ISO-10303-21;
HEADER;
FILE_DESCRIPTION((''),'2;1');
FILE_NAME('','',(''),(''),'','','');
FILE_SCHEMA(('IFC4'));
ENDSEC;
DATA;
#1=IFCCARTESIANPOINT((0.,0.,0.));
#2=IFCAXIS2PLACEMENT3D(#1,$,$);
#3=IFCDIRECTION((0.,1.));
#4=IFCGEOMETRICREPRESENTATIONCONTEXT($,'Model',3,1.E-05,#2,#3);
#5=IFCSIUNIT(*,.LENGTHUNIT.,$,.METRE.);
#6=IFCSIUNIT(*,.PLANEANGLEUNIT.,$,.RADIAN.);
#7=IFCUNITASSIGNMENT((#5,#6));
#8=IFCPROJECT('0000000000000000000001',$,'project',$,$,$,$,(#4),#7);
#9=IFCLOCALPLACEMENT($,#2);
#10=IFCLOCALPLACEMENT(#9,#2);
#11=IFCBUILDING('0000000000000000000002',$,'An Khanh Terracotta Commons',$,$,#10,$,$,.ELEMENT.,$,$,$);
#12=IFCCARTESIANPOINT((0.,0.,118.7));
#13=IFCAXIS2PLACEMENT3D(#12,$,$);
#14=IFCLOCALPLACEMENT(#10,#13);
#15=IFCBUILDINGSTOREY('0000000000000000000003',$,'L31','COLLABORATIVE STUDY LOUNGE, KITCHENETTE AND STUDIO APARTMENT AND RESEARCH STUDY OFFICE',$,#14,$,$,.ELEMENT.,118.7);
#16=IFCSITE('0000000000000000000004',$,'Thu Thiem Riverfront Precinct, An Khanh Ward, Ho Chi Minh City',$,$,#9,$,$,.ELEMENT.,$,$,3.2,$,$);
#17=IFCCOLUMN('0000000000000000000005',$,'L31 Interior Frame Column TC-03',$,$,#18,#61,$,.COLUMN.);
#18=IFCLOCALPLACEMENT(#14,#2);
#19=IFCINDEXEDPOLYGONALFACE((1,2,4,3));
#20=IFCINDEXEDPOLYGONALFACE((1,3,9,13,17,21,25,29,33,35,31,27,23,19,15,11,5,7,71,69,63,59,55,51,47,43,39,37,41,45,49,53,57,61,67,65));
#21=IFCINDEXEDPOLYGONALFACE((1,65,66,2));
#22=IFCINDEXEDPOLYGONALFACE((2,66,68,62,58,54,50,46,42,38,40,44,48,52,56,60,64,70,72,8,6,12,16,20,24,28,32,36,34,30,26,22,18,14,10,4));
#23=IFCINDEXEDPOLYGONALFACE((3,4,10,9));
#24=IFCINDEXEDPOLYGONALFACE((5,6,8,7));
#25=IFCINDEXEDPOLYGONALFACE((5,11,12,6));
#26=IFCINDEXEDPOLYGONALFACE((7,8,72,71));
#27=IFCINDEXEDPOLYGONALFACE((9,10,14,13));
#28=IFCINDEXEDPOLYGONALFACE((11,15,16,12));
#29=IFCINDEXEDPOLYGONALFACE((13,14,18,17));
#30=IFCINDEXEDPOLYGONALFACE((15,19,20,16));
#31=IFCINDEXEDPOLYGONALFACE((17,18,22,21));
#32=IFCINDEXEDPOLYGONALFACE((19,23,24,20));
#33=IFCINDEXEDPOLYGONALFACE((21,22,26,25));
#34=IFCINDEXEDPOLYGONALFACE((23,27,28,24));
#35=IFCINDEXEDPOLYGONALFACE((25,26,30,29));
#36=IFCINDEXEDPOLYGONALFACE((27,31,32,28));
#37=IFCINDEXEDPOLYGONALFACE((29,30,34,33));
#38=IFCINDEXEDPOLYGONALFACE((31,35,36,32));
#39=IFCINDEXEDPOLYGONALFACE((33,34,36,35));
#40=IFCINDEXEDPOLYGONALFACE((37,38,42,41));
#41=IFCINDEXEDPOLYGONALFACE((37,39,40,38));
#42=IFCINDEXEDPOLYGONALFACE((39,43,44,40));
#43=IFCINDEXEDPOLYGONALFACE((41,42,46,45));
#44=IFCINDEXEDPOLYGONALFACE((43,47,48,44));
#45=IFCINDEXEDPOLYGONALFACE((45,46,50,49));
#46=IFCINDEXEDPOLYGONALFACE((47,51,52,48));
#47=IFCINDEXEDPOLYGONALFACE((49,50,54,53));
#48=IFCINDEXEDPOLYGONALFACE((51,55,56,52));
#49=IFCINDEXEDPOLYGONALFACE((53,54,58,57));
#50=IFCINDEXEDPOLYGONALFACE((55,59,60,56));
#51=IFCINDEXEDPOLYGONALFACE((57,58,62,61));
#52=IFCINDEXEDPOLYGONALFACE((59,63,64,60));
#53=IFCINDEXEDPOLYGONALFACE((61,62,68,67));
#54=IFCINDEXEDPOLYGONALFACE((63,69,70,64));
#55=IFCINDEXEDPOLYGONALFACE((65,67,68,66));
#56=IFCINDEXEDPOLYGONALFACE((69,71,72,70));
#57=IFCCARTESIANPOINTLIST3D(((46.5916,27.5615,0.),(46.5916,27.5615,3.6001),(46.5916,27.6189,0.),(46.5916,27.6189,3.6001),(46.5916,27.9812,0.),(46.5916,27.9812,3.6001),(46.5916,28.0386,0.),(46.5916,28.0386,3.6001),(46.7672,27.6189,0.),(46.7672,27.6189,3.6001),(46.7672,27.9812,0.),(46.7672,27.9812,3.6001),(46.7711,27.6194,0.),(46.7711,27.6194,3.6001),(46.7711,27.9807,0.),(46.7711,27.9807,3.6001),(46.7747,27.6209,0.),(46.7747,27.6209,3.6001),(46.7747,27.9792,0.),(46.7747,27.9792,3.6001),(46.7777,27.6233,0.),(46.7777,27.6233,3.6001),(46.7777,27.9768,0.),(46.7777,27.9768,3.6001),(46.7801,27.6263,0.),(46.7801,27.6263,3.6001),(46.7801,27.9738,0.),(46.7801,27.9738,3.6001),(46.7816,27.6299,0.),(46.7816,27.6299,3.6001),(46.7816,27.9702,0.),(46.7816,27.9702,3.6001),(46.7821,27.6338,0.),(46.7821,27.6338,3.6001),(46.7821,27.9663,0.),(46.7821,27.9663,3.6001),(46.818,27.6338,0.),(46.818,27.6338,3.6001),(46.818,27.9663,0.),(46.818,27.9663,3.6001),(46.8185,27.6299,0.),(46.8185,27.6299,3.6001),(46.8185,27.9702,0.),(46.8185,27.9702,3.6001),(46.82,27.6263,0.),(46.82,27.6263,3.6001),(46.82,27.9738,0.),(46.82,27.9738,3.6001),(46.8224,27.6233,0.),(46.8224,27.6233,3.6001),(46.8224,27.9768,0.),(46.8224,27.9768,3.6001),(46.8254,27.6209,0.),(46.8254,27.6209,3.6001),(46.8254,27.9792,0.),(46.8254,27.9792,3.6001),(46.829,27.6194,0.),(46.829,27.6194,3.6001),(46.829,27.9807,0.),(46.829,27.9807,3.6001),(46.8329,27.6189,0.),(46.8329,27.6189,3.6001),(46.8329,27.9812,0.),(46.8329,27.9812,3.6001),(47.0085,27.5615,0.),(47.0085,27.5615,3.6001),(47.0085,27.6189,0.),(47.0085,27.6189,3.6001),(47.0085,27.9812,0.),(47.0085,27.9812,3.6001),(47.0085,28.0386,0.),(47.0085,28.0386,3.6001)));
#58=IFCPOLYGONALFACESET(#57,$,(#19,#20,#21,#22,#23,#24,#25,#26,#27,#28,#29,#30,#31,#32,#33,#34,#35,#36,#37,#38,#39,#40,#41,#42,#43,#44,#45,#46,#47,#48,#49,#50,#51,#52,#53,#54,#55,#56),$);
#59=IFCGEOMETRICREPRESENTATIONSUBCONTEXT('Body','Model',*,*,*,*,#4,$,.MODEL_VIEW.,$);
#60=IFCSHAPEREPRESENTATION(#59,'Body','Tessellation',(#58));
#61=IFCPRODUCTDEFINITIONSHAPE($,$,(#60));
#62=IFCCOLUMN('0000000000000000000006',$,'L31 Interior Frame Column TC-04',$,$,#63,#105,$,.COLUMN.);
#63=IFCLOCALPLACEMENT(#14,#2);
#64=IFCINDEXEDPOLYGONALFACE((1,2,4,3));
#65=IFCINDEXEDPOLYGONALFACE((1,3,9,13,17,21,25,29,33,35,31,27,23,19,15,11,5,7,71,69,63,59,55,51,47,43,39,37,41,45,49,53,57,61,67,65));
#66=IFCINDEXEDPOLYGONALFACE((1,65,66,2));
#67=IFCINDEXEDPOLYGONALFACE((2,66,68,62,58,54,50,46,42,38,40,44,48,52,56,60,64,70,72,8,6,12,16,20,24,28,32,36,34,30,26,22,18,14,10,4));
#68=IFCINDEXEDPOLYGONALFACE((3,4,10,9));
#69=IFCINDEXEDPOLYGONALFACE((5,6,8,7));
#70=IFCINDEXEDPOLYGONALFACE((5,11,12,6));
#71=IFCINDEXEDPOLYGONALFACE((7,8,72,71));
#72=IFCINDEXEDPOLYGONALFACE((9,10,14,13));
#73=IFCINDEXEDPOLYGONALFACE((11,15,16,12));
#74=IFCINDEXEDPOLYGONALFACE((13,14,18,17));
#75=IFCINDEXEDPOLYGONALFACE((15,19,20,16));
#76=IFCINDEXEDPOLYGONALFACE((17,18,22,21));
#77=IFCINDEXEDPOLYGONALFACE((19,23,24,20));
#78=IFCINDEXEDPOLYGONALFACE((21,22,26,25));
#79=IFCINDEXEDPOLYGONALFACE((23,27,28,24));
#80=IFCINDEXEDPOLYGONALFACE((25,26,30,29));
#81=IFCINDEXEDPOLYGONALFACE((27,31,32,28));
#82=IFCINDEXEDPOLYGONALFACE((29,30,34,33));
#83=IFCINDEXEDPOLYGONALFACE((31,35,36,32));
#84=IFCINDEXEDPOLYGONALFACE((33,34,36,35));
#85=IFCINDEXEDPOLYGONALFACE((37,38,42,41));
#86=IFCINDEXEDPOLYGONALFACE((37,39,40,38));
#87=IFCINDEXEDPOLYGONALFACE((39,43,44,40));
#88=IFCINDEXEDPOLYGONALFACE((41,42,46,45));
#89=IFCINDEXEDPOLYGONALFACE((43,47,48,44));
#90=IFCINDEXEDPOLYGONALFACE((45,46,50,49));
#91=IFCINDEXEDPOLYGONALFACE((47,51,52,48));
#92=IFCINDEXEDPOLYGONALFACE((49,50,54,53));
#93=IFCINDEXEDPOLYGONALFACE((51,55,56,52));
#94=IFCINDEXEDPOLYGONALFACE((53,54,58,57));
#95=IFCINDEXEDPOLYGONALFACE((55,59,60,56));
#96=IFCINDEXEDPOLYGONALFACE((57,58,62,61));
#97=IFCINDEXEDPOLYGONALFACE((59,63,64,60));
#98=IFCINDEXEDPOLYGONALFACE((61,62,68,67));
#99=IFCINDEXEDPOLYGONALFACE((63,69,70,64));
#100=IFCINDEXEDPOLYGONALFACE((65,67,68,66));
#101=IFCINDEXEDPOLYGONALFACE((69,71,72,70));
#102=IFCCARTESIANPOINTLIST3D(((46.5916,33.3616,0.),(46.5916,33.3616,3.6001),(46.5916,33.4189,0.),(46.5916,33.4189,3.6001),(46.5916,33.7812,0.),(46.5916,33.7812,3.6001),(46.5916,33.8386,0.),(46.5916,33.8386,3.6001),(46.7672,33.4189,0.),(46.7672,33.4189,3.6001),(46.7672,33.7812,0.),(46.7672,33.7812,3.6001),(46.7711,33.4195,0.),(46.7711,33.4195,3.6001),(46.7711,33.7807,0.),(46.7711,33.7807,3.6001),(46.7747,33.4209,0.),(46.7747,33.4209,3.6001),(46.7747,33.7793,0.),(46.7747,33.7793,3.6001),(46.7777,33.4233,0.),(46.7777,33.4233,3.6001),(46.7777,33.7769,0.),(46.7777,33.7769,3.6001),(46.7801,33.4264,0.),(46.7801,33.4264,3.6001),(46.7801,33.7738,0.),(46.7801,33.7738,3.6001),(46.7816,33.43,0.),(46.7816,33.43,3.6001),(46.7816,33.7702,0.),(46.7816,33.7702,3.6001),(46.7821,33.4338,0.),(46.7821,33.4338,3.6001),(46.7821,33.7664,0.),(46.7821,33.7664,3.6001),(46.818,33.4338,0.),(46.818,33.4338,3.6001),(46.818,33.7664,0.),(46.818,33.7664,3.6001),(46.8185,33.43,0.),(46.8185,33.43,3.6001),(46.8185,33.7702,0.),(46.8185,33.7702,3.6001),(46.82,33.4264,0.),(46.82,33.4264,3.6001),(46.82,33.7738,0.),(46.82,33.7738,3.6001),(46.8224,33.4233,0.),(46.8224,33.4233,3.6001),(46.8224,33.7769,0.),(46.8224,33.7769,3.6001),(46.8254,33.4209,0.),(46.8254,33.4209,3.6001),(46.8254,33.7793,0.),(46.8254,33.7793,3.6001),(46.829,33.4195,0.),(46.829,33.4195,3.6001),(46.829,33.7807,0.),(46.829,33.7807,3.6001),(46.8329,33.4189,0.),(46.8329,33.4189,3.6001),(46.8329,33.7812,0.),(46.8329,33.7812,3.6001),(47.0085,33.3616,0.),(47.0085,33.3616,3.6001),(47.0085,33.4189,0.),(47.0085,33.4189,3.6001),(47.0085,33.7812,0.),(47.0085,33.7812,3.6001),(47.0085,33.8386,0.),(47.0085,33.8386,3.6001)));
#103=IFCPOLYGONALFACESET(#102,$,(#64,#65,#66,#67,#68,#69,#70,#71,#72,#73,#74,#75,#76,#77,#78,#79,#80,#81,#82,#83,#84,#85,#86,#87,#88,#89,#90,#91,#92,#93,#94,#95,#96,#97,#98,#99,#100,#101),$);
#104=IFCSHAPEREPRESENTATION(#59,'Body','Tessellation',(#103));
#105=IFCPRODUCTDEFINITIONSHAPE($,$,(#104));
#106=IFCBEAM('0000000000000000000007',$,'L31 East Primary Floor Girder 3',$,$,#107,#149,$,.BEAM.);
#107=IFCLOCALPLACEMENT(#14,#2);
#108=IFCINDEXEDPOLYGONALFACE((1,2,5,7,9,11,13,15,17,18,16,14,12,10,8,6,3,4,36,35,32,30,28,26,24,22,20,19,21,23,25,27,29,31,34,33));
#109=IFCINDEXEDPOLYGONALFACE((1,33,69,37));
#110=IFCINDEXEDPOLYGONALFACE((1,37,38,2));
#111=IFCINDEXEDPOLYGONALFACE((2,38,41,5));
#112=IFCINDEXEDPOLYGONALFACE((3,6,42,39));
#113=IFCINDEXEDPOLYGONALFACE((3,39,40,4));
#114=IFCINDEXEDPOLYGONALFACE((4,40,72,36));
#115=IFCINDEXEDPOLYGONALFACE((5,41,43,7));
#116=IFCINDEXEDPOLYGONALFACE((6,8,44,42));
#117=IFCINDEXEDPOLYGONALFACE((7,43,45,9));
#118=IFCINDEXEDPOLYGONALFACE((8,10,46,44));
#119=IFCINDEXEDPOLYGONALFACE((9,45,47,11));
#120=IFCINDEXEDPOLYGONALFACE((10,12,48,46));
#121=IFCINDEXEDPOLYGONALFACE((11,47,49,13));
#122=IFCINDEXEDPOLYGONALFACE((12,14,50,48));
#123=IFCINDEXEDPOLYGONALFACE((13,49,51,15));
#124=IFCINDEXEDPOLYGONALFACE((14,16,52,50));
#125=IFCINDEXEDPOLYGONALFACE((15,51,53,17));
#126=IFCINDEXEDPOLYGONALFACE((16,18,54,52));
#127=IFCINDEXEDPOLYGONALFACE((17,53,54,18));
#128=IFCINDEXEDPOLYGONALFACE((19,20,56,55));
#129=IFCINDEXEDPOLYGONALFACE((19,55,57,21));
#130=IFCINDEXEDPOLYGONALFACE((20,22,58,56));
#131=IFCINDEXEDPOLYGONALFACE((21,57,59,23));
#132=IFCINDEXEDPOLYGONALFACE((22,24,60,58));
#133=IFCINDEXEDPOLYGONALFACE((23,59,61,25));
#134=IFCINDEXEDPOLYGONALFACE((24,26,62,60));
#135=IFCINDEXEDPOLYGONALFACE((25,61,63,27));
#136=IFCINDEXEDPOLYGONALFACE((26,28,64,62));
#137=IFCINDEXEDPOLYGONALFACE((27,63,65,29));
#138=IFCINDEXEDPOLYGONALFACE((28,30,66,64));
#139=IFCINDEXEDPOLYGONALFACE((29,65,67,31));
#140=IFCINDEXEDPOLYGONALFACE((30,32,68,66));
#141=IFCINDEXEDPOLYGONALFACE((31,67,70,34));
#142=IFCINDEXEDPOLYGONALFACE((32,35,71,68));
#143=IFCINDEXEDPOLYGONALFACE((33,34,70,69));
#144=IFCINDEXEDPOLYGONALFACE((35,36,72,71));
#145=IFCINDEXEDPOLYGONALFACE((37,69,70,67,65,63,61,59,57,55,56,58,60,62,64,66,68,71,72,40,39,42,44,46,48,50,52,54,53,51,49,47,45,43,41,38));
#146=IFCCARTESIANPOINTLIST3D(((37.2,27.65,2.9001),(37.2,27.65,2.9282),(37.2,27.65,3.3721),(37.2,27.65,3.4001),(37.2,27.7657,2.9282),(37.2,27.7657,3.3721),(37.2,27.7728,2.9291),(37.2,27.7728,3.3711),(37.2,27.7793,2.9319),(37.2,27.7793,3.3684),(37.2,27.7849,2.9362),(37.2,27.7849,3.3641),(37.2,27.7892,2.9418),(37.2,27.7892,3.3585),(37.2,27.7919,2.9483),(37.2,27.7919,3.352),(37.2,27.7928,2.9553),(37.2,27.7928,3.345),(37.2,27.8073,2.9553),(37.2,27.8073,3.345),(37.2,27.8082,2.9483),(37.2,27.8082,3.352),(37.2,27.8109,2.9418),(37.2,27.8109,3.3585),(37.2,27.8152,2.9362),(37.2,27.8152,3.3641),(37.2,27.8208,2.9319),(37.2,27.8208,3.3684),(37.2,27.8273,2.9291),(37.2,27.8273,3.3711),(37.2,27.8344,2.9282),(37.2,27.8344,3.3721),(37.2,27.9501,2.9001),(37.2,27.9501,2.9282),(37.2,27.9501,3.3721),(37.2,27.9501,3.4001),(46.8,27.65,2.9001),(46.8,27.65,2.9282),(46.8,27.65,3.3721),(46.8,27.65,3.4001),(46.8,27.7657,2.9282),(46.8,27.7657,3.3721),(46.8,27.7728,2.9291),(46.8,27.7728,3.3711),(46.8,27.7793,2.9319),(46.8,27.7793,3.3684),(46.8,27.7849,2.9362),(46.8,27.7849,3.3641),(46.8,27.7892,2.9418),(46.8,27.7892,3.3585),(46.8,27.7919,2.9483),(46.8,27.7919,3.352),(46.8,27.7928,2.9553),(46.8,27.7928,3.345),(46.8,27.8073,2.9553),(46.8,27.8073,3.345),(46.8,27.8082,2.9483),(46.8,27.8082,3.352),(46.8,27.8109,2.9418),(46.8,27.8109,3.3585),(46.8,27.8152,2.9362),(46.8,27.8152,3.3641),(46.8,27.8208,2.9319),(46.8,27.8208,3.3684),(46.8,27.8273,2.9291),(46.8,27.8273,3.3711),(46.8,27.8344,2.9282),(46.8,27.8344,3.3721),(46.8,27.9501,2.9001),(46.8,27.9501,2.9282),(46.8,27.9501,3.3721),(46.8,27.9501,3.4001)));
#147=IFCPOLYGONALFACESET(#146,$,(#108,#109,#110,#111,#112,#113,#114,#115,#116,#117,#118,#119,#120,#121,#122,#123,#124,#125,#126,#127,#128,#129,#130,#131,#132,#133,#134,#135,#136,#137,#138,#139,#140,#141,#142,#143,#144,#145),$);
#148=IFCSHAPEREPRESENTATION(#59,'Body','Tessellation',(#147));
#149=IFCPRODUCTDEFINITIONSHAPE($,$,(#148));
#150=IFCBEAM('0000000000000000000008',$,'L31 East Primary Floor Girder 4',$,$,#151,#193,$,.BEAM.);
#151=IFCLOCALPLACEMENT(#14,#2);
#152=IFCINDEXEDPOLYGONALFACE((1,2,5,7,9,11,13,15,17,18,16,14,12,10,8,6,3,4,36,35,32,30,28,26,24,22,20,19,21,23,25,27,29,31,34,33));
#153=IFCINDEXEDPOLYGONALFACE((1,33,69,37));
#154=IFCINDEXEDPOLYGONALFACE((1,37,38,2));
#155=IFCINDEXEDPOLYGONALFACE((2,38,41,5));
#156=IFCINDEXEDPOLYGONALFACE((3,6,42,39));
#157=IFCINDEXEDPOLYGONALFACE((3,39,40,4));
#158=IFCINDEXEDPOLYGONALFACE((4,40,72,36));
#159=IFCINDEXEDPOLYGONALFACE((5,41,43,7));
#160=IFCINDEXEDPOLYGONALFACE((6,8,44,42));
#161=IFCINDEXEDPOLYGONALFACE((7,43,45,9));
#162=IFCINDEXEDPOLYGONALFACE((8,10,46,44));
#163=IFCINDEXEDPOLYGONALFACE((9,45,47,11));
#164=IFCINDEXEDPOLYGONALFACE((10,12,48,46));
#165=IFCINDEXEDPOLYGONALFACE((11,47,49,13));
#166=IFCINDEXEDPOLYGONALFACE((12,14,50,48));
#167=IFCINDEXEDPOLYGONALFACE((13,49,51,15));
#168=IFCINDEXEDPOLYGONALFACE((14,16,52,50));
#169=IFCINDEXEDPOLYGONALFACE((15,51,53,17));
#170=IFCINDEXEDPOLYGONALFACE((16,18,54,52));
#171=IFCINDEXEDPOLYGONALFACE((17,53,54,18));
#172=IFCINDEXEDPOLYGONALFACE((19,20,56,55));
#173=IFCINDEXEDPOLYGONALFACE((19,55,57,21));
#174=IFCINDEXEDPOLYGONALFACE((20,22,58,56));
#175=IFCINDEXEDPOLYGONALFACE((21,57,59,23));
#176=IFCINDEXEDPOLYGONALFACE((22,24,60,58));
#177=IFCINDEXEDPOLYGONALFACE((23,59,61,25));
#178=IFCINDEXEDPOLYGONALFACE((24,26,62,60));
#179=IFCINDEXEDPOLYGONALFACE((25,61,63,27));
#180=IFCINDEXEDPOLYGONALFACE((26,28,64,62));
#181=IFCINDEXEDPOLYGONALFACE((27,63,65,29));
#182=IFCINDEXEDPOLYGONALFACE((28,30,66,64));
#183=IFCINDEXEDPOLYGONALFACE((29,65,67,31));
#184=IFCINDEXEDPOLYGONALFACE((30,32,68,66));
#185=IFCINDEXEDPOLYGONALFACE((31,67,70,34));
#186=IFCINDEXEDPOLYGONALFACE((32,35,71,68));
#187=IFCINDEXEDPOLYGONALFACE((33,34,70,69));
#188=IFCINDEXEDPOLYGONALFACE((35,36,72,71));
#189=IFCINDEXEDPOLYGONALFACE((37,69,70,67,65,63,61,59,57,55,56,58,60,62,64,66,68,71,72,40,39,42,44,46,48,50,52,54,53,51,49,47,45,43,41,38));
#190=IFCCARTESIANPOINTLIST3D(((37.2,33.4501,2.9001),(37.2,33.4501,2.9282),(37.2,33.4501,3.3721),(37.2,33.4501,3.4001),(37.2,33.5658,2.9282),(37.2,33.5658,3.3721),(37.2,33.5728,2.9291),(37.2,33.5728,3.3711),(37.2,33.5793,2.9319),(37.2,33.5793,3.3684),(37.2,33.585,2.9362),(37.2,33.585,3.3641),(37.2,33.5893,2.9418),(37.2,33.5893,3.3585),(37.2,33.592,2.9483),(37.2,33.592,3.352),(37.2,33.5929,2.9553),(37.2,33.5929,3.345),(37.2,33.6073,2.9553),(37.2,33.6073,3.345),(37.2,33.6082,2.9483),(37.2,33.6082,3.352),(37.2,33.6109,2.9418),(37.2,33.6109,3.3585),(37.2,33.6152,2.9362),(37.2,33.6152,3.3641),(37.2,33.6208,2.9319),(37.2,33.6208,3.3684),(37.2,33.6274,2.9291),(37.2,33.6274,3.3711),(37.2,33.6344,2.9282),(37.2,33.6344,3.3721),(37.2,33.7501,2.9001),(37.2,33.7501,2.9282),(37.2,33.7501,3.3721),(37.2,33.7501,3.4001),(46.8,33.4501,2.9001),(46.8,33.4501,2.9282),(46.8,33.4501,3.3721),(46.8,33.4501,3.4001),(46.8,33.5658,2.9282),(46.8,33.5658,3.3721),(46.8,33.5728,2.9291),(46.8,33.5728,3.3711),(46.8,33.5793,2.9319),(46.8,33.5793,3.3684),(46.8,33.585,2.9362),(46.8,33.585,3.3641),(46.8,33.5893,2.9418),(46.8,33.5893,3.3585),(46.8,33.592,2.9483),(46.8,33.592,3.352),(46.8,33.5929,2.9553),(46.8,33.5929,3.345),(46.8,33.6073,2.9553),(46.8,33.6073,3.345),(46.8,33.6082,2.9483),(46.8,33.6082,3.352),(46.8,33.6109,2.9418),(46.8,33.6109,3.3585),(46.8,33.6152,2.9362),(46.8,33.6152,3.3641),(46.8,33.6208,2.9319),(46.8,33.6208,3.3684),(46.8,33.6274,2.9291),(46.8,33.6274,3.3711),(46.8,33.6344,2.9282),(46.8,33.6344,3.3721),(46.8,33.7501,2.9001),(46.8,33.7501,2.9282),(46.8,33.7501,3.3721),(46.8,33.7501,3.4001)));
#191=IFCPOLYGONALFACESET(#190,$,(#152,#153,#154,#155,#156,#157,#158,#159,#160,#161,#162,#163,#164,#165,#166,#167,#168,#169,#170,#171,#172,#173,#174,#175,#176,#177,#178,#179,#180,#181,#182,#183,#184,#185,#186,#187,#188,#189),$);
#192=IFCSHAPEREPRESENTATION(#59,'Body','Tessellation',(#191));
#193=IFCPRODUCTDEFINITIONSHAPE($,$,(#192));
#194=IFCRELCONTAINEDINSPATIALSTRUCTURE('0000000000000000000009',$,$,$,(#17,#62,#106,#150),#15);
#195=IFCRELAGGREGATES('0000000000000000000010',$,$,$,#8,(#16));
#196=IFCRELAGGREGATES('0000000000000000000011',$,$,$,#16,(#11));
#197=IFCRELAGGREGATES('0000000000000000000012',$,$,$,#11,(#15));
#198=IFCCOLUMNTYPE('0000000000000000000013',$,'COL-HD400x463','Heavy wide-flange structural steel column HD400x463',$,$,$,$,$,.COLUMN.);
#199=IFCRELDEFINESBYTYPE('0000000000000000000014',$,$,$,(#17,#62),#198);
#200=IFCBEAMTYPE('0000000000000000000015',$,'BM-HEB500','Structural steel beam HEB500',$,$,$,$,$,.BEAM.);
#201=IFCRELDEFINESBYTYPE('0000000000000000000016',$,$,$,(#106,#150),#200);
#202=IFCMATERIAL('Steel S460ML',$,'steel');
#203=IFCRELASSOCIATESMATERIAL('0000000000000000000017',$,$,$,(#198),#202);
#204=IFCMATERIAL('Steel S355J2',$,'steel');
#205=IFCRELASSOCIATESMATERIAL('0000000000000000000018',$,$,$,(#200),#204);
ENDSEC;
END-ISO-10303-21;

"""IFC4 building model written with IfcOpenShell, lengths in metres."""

from ifc_helpers import new_model, si_unit, direction, frame, origin, origin_2d, place, context, subcontext, project, spatial, i_section, extrude, material, material_profile, profile_set, type_object, element, save


model = new_model("IFC4")

# Units and contexts
model_context = context("Model", 3, precision=1e-05, world=origin(), true_north=direction((0.0, 1.0)))
body_context = subcontext(model_context, "Body", "Model", "MODEL_VIEW")
ifc_project = project(units=[si_unit("LENGTHUNIT", "METRE"), si_unit("PLANEANGLEUNIT", "RADIAN")], contexts=[model_context])

# Site, building, storey
site_placement = place(None, origin())
site = spatial("IfcSite", under=ifc_project, at=site_placement, Name="Thu Thiem Riverfront Precinct, An Khanh Ward, Ho Chi Minh City", CompositionType="ELEMENT", RefElevation=3.2)
building_placement = place(site_placement, origin())
building = spatial("IfcBuilding", under=site, at=building_placement, Name="An Khanh Terracotta Commons", CompositionType="ELEMENT")
storey_placement = place(building_placement, frame((0.0, 0.0, 118.7)))
storey = spatial("IfcBuildingStorey", under=building, at=storey_placement, Name="L31", Description="COLLABORATIVE STUDY LOUNGE, KITCHENETTE AND STUDIO APARTMENT AND RESEARCH STUDY OFFICE", CompositionType="ELEMENT", Elevation=118.7)

# Columns
ifc_material_1 = material(Name="Steel S460ML", Category="steel")
ifc_material_profile_1 = material_profile(ifc_material_1, i_section(OverallWidth=0.417, OverallDepth=0.4771, WebThickness=0.0359, FlangeThickness=0.0574, FilletRadius=0.0149, at=origin_2d()), Name="HD400x463")
ifc_profile_set_1 = profile_set([ifc_material_profile_1], Name="Steel S460ML")
column_type = type_object("IfcColumnType", Name="COL-HD400x463", Description="Heavy wide-flange structural steel column HD400x463", PredefinedType="COLUMN", material=ifc_profile_set_1)
for number, where, z_axis, x_axis, name in (
    (1, (46.8, 27.8, 0.0), (0.0, 0.0, 1.0), (1.0, 0.0, 0.0), "L31 Interior Frame Column TC-03"),
    (2, (46.8, 33.6001, 0.0), (0.0, 0.0, 1.0), (1.0, 0.0, 0.0), "L31 Interior Frame Column TC-04"),
):
    element("IfcColumn", number, at=place(storey_placement, frame(where, z_axis=z_axis, x_axis=x_axis)), inside=storey, type_object=column_type, Name=name, PredefinedType="COLUMN", context=body_context, shape_type="SweptSolid", body=[
        extrude(i_section(OverallWidth=0.417, OverallDepth=0.4771, WebThickness=0.0359, FlangeThickness=0.0574, FilletRadius=0.0149, at=origin_2d()), origin(), (0.0, 0.0, 1.0), 3.6001),
    ])

# Beams
ifc_material_2 = material(Name="Steel S355J2", Category="steel")
ifc_material_profile_2 = material_profile(ifc_material_2, i_section(OverallWidth=0.3, OverallDepth=0.5, WebThickness=0.0144, FlangeThickness=0.0281, FilletRadius=0.0271, at=origin_2d()), Name="HEB500")
ifc_profile_set_2 = profile_set([ifc_material_profile_2], Name="Steel S355J2")
beam_type_1 = type_object("IfcBeamType", Name="BM-HEB500", Description="Structural steel beam HEB500", PredefinedType="BEAM", material=ifc_profile_set_2)
for number, where, z_axis, x_axis, name in (
    (3, (37.2, 27.8, 3.1501), (1.0, 0.0, 0.0), (0.0, 1.0, 0.0), "L31 East Primary Floor Girder 3"),
    (4, (37.2, 33.6001, 3.1501), (1.0, 0.0, 0.0), (0.0, 1.0, 0.0), "L31 East Primary Floor Girder 4"),
):
    element("IfcBeam", number, at=place(storey_placement, frame(where, z_axis=z_axis, x_axis=x_axis)), inside=storey, type_object=beam_type_1, Name=name, PredefinedType="BEAM", context=body_context, shape_type="SweptSolid", body=[
        extrude(i_section(OverallWidth=0.3, OverallDepth=0.5, WebThickness=0.0144, FlangeThickness=0.0281, FilletRadius=0.0271, at=origin_2d()), origin(), (0.0, 0.0, 1.0), 9.6001),
    ])

save(model, "model.ifc")
